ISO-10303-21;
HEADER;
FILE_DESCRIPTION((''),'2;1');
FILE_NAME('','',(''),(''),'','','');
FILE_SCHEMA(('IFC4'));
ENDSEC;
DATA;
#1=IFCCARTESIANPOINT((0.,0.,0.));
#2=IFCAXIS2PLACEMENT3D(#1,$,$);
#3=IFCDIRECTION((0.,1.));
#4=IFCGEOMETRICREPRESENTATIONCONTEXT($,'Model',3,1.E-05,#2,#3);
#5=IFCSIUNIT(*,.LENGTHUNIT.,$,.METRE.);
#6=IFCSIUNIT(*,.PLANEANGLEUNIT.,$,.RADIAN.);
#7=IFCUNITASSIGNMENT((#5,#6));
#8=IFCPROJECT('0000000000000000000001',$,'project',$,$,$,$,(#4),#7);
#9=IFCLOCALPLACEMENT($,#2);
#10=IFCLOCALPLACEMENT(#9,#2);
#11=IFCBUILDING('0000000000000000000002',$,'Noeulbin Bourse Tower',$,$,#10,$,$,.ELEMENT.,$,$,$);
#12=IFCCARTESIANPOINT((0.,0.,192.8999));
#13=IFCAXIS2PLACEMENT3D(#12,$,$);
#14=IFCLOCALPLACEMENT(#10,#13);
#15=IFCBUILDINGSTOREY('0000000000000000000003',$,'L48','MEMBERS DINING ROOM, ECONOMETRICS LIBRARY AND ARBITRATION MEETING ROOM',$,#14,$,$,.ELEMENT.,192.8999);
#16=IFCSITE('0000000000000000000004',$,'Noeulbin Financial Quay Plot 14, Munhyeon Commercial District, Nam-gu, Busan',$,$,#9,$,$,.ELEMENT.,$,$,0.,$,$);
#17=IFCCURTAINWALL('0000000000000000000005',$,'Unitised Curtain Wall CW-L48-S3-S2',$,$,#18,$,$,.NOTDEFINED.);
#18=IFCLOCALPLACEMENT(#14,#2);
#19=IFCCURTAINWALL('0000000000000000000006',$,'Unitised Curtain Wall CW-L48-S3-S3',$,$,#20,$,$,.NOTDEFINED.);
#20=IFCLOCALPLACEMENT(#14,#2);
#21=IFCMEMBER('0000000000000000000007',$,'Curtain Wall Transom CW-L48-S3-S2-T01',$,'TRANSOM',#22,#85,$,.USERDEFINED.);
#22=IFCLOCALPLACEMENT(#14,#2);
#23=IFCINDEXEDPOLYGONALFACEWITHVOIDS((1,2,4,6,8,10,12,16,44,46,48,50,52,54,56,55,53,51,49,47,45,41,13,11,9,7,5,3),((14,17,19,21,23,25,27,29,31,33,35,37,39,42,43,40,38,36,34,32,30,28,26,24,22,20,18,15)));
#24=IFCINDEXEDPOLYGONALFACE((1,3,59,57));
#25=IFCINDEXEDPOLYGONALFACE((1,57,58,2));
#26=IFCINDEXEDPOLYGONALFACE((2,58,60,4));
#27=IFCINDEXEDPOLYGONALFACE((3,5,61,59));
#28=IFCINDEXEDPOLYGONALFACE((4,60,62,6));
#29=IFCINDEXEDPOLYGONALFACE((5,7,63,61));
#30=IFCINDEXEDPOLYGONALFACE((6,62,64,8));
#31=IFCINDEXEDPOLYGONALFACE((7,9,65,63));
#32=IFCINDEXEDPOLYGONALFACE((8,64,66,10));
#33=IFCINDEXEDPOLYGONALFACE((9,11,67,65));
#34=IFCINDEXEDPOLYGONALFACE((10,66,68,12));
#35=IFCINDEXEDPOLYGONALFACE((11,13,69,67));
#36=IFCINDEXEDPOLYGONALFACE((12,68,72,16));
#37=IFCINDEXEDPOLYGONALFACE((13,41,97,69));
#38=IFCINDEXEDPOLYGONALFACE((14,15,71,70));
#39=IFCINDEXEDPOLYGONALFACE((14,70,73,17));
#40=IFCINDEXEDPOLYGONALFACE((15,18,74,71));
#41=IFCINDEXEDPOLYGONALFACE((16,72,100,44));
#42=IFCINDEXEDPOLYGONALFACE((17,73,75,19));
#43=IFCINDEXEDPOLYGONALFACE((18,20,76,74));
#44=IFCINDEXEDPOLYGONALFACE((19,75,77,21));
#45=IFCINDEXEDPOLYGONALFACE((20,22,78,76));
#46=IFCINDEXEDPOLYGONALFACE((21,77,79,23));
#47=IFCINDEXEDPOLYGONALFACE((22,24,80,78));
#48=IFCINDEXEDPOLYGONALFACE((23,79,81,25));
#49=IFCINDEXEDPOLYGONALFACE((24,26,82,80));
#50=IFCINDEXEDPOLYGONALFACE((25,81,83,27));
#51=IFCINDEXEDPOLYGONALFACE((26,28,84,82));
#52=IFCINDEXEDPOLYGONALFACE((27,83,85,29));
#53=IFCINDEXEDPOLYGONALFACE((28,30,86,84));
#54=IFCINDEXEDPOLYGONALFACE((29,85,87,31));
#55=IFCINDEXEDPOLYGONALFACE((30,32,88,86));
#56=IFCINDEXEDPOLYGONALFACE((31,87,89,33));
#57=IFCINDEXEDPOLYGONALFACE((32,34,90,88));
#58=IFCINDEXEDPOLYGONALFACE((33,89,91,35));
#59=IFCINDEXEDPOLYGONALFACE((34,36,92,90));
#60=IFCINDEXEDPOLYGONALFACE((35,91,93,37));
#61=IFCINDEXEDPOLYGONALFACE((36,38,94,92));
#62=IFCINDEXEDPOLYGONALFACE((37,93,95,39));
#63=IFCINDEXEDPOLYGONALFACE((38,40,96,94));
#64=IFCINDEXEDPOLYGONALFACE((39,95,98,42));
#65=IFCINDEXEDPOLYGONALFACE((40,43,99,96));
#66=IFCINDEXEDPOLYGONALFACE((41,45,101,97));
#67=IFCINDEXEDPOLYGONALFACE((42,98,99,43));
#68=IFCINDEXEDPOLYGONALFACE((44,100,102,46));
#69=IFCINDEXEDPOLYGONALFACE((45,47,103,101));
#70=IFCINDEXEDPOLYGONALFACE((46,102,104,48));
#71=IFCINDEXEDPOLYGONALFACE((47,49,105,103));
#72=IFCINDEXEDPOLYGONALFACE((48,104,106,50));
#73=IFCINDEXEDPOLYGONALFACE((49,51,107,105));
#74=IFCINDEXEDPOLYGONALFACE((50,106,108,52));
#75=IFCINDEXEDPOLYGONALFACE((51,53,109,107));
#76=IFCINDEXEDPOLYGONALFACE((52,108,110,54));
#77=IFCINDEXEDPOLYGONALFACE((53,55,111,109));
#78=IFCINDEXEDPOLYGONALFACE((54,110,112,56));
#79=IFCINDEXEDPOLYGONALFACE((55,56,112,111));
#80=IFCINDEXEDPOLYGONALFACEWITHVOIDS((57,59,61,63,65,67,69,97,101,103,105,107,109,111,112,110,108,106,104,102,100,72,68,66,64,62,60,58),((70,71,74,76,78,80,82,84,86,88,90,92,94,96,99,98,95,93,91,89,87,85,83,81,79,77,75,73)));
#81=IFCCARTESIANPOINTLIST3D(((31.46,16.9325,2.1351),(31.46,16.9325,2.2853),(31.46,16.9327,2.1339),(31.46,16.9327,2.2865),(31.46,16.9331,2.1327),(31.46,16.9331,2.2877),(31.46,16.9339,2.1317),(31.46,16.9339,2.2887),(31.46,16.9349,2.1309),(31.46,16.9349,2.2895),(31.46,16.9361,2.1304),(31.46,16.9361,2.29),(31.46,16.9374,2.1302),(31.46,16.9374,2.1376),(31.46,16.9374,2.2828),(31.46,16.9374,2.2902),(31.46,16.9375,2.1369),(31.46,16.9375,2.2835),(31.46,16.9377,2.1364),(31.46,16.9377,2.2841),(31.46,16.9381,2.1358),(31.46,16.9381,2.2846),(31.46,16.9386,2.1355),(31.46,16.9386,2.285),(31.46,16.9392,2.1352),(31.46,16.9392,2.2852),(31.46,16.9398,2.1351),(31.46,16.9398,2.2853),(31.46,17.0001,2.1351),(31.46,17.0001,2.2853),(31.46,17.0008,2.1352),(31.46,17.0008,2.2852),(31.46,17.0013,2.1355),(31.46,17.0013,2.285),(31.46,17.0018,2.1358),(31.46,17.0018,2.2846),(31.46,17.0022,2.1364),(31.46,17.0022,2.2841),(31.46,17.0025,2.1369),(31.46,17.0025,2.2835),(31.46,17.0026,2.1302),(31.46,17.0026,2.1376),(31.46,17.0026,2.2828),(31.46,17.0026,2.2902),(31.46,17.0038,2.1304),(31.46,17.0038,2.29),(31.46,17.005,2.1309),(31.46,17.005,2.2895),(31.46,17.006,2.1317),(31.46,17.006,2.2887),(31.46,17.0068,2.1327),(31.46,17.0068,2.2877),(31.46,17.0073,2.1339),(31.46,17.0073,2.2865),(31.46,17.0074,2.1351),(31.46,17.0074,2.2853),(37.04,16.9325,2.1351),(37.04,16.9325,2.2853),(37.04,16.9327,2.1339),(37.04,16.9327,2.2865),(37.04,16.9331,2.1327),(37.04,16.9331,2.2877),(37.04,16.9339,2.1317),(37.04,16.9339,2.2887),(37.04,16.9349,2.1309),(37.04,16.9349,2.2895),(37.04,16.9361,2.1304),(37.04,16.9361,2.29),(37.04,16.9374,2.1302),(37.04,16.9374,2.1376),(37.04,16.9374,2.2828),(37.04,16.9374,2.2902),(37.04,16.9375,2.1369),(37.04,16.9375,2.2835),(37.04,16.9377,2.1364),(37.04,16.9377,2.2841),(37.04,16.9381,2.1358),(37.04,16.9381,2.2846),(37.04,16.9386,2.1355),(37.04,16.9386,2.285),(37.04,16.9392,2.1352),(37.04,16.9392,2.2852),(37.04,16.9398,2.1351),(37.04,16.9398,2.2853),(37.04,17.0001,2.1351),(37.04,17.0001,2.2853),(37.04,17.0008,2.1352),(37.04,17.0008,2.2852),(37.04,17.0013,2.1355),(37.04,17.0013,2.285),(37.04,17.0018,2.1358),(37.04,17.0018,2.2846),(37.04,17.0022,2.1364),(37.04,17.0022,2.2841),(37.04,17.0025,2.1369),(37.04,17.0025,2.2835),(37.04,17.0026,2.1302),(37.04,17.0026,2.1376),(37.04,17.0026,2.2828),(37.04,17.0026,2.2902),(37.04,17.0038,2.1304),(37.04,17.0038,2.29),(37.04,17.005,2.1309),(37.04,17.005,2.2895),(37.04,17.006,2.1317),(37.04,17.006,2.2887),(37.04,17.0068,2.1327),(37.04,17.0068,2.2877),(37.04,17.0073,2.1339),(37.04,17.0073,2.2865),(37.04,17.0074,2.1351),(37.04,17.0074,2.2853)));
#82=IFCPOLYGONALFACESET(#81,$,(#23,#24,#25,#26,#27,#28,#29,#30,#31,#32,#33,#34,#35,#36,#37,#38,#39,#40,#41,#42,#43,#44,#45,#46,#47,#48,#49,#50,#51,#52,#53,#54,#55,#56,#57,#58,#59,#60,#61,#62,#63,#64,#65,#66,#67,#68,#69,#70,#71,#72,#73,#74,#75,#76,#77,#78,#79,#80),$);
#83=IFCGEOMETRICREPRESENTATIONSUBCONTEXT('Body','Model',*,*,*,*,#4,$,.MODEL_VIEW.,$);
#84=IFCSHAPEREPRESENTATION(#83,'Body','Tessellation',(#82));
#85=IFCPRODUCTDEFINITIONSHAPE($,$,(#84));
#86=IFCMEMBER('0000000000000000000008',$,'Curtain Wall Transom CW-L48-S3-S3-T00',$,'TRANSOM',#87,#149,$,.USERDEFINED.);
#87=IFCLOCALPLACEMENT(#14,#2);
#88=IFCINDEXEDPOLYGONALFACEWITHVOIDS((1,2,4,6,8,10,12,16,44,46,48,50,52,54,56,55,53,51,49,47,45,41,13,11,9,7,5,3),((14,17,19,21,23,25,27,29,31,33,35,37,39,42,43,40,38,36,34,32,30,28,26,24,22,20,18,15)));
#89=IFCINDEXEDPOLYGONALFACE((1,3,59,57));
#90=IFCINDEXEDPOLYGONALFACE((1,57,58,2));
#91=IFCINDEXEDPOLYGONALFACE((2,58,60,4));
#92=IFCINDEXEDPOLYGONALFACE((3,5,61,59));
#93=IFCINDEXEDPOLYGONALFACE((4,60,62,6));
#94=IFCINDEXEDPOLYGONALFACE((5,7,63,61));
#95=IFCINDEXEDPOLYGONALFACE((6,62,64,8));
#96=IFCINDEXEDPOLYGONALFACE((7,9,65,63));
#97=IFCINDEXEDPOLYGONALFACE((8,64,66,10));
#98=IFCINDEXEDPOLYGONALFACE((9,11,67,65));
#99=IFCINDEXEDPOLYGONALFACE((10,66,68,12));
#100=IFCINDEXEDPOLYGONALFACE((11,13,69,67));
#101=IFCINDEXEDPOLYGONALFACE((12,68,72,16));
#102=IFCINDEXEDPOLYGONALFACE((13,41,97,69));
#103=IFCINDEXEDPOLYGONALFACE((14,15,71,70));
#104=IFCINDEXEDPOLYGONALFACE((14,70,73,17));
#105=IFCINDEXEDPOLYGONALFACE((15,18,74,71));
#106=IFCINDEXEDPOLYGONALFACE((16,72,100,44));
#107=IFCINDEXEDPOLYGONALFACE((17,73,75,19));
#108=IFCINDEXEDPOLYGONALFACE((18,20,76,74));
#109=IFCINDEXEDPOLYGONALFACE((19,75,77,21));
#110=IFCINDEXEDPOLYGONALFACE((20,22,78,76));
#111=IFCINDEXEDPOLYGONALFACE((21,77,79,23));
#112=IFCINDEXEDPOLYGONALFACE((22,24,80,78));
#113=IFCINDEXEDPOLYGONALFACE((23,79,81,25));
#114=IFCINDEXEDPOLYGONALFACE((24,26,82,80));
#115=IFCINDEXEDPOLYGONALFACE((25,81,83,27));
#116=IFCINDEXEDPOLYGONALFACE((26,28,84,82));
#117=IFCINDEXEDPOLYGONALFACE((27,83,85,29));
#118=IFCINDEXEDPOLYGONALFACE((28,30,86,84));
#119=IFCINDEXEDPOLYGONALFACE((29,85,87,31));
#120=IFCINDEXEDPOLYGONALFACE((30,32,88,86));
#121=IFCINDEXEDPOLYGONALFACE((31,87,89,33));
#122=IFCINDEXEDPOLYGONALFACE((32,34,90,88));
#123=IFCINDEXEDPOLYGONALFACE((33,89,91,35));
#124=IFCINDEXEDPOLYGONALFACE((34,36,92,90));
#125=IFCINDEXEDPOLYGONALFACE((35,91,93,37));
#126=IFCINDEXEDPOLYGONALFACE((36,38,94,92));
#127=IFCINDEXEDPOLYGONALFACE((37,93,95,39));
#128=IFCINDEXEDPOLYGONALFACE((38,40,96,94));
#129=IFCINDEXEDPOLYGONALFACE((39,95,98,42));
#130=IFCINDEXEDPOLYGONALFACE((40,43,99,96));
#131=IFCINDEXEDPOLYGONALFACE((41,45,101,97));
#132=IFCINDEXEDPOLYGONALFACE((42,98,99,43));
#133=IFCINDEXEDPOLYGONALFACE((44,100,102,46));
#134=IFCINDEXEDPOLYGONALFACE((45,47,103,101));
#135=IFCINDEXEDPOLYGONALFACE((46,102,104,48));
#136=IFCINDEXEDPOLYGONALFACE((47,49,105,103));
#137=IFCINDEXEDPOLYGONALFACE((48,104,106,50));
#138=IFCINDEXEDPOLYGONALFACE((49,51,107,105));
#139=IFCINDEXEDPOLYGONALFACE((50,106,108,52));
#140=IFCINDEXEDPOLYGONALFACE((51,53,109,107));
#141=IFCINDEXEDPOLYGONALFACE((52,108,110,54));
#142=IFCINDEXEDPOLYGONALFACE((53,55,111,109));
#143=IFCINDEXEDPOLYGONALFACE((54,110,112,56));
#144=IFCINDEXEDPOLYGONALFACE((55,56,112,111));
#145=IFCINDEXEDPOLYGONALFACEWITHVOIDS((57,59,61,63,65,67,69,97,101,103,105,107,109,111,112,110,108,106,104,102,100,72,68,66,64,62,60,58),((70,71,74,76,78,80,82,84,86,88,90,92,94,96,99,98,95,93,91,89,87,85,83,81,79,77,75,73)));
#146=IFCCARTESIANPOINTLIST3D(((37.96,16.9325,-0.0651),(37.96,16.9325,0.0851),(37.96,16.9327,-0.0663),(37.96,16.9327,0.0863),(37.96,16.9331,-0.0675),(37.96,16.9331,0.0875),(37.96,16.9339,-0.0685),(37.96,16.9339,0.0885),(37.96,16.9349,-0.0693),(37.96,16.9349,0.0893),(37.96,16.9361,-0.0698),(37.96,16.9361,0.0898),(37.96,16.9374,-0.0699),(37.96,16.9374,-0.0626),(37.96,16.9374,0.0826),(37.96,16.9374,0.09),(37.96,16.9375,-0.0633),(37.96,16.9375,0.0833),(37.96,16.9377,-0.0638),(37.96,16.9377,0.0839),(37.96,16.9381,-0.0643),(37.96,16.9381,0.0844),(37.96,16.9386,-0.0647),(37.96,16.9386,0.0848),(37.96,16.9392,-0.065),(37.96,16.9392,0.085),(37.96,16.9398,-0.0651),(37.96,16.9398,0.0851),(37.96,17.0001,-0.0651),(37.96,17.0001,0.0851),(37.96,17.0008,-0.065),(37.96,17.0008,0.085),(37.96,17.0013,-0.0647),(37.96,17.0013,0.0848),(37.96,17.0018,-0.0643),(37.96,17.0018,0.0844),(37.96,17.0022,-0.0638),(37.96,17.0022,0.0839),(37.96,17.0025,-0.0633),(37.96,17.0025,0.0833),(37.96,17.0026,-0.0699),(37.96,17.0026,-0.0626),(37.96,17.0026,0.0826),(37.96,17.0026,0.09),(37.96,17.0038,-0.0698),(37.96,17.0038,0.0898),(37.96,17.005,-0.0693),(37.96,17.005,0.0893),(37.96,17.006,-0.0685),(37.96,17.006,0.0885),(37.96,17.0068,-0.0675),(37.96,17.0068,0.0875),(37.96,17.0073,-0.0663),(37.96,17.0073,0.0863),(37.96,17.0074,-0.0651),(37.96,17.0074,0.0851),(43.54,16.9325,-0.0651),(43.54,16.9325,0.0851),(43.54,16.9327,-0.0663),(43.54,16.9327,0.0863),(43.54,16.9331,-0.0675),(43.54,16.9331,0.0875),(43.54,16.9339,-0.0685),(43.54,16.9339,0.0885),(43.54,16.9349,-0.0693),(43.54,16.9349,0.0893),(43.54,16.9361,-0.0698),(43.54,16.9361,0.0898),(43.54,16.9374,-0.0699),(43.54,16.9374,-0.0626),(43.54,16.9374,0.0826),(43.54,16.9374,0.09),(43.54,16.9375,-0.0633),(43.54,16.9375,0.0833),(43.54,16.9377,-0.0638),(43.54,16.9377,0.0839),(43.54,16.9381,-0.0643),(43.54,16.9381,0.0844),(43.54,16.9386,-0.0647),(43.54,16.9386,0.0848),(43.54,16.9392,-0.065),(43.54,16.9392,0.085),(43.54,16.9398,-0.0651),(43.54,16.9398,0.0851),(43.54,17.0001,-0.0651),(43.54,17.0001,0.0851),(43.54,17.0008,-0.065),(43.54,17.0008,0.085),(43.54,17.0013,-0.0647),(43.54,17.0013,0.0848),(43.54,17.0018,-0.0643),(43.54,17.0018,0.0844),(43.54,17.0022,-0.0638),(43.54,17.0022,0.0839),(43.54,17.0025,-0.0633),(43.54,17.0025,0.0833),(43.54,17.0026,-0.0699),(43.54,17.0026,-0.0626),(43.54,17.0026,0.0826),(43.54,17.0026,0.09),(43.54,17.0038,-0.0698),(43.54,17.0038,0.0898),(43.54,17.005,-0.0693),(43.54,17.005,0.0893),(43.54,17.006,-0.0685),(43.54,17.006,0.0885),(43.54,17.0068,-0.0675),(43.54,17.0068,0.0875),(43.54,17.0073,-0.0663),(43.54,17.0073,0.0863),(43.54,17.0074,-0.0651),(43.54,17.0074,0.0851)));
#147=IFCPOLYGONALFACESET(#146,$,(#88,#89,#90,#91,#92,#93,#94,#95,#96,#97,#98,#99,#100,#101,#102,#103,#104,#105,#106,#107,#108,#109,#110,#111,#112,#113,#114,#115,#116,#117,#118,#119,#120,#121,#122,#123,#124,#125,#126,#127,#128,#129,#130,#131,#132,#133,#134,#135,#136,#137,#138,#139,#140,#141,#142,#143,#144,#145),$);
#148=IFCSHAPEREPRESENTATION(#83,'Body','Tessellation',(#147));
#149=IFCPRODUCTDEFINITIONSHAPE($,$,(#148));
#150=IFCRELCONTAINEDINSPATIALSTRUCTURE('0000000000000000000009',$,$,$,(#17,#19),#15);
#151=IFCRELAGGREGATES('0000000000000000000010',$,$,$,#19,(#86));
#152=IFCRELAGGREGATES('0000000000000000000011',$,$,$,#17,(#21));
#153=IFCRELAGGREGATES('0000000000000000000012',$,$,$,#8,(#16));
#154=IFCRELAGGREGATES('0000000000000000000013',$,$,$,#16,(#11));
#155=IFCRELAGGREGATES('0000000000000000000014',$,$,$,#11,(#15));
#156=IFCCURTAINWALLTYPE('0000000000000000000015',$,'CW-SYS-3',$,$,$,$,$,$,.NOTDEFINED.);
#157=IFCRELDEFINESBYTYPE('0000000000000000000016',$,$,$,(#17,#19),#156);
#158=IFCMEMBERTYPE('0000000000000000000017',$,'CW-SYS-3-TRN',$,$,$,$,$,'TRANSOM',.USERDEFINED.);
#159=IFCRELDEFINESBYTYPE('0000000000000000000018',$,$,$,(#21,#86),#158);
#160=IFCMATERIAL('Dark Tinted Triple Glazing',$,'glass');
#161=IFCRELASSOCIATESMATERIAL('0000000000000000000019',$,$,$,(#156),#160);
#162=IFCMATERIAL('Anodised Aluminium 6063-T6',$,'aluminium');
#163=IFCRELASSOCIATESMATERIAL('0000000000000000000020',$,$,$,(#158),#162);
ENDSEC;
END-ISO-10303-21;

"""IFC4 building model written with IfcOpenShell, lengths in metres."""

from ifc_helpers import new_model, si_unit, direction, frame, origin, origin_2d, place, context, subcontext, project, spatial, hollow_rectangle, extrude, material, material_profile, profile_set, type_object, element, aggregate, save


model = new_model("IFC4")

# Units and contexts
model_context = context("Model", 3, precision=1e-05, world=origin(), true_north=direction((0.0, 1.0)))
body_context = subcontext(model_context, "Body", "Model", "MODEL_VIEW")
ifc_project = project(units=[si_unit("LENGTHUNIT", "METRE"), si_unit("PLANEANGLEUNIT", "RADIAN")], contexts=[model_context])

# Site, building, storey
site_placement = place(None, origin())
site = spatial("IfcSite", under=ifc_project, at=site_placement, Name="Noeulbin Financial Quay Plot 14, Munhyeon Commercial District, Nam-gu, Busan", CompositionType="ELEMENT", RefElevation=0.0)
building_placement = place(site_placement, origin())
building = spatial("IfcBuilding", under=site, at=building_placement, Name="Noeulbin Bourse Tower", CompositionType="ELEMENT")
storey_placement = place(building_placement, frame((0.0, 0.0, 192.8999)))
storey = spatial("IfcBuildingStorey", under=building, at=storey_placement, Name="L48", Description="MEMBERS DINING ROOM, ECONOMETRICS LIBRARY AND ARBITRATION MEETING ROOM", CompositionType="ELEMENT", Elevation=192.8999)

# Curtain wall
ifc_material_1 = material(Name="Dark Tinted Triple Glazing", Category="glass")
curtain_wall_type = type_object("IfcCurtainWallType", Name="CW-SYS-3", PredefinedType="NOTDEFINED", material=ifc_material_1)
curtain_wall_1_placement = place(storey_placement, origin())
curtain_wall_1 = element("IfcCurtainWall", 1, at=curtain_wall_1_placement, inside=storey, type_object=curtain_wall_type, Name="Unitised Curtain Wall CW-L48-S3-S2", PredefinedType="NOTDEFINED")
ifc_material_2 = material(Name="Anodised Aluminium 6063-T6", Category="aluminium")

# Curtain wall
curtain_wall_2_placement = place(storey_placement, origin())
curtain_wall_2 = element("IfcCurtainWall", 2, at=curtain_wall_2_placement, inside=storey, type_object=curtain_wall_type, Name="Unitised Curtain Wall CW-L48-S3-S3", PredefinedType="NOTDEFINED")

# Members
ifc_material_profile_1 = material_profile(ifc_material_2, hollow_rectangle(XDim=0.075, YDim=0.1599, WallThickness=0.0049, InnerFilletRadius=0.0024, OuterFilletRadius=0.0049, at=origin_2d()), Name="ALU-TRAN-75x160x5", Category="LoadBearing")
ifc_profile_set_1 = profile_set([ifc_material_profile_1], Name="Anodised Aluminium 6063-T6")
member_type_1 = type_object("IfcMemberType", Name="CW-SYS-3-TRN", ElementType="TRANSOM", PredefinedType="USERDEFINED", material=ifc_profile_set_1)
member_1_placement = place(storey_placement, frame((31.46, 16.97, 2.2102), z_axis=(1.0, 0.0, 0.0), x_axis=(0.0, 1.0, 0.0)))
member_1 = element("IfcMember", 3, at=member_1_placement, type_object=member_type_1, Name="Curtain Wall Transom CW-L48-S3-S2-T01", ObjectType="TRANSOM", PredefinedType="USERDEFINED", context=body_context, shape_type="SweptSolid", body=[
    extrude(hollow_rectangle(XDim=0.075, YDim=0.1599, WallThickness=0.0049, InnerFilletRadius=0.0024, OuterFilletRadius=0.0049, at=origin_2d()), origin(), (0.0, 0.0, 1.0), 5.5801),
])
member_2_placement = place(storey_placement, frame((37.96, 16.97, 0.01), z_axis=(1.0, 0.0, 0.0), x_axis=(0.0, 1.0, 0.0)))
member_2 = element("IfcMember", 4, at=member_2_placement, type_object=member_type_1, Name="Curtain Wall Transom CW-L48-S3-S3-T00", ObjectType="TRANSOM", PredefinedType="USERDEFINED", context=body_context, shape_type="SweptSolid", body=[
    extrude(hollow_rectangle(XDim=0.075, YDim=0.1599, WallThickness=0.0049, InnerFilletRadius=0.0024, OuterFilletRadius=0.0049, at=origin_2d()), origin(), (0.0, 0.0, 1.0), 5.5801),
])
aggregate(curtain_wall_2, [member_2])

aggregate(curtain_wall_1, [member_1])

save(model, "model.ifc")
